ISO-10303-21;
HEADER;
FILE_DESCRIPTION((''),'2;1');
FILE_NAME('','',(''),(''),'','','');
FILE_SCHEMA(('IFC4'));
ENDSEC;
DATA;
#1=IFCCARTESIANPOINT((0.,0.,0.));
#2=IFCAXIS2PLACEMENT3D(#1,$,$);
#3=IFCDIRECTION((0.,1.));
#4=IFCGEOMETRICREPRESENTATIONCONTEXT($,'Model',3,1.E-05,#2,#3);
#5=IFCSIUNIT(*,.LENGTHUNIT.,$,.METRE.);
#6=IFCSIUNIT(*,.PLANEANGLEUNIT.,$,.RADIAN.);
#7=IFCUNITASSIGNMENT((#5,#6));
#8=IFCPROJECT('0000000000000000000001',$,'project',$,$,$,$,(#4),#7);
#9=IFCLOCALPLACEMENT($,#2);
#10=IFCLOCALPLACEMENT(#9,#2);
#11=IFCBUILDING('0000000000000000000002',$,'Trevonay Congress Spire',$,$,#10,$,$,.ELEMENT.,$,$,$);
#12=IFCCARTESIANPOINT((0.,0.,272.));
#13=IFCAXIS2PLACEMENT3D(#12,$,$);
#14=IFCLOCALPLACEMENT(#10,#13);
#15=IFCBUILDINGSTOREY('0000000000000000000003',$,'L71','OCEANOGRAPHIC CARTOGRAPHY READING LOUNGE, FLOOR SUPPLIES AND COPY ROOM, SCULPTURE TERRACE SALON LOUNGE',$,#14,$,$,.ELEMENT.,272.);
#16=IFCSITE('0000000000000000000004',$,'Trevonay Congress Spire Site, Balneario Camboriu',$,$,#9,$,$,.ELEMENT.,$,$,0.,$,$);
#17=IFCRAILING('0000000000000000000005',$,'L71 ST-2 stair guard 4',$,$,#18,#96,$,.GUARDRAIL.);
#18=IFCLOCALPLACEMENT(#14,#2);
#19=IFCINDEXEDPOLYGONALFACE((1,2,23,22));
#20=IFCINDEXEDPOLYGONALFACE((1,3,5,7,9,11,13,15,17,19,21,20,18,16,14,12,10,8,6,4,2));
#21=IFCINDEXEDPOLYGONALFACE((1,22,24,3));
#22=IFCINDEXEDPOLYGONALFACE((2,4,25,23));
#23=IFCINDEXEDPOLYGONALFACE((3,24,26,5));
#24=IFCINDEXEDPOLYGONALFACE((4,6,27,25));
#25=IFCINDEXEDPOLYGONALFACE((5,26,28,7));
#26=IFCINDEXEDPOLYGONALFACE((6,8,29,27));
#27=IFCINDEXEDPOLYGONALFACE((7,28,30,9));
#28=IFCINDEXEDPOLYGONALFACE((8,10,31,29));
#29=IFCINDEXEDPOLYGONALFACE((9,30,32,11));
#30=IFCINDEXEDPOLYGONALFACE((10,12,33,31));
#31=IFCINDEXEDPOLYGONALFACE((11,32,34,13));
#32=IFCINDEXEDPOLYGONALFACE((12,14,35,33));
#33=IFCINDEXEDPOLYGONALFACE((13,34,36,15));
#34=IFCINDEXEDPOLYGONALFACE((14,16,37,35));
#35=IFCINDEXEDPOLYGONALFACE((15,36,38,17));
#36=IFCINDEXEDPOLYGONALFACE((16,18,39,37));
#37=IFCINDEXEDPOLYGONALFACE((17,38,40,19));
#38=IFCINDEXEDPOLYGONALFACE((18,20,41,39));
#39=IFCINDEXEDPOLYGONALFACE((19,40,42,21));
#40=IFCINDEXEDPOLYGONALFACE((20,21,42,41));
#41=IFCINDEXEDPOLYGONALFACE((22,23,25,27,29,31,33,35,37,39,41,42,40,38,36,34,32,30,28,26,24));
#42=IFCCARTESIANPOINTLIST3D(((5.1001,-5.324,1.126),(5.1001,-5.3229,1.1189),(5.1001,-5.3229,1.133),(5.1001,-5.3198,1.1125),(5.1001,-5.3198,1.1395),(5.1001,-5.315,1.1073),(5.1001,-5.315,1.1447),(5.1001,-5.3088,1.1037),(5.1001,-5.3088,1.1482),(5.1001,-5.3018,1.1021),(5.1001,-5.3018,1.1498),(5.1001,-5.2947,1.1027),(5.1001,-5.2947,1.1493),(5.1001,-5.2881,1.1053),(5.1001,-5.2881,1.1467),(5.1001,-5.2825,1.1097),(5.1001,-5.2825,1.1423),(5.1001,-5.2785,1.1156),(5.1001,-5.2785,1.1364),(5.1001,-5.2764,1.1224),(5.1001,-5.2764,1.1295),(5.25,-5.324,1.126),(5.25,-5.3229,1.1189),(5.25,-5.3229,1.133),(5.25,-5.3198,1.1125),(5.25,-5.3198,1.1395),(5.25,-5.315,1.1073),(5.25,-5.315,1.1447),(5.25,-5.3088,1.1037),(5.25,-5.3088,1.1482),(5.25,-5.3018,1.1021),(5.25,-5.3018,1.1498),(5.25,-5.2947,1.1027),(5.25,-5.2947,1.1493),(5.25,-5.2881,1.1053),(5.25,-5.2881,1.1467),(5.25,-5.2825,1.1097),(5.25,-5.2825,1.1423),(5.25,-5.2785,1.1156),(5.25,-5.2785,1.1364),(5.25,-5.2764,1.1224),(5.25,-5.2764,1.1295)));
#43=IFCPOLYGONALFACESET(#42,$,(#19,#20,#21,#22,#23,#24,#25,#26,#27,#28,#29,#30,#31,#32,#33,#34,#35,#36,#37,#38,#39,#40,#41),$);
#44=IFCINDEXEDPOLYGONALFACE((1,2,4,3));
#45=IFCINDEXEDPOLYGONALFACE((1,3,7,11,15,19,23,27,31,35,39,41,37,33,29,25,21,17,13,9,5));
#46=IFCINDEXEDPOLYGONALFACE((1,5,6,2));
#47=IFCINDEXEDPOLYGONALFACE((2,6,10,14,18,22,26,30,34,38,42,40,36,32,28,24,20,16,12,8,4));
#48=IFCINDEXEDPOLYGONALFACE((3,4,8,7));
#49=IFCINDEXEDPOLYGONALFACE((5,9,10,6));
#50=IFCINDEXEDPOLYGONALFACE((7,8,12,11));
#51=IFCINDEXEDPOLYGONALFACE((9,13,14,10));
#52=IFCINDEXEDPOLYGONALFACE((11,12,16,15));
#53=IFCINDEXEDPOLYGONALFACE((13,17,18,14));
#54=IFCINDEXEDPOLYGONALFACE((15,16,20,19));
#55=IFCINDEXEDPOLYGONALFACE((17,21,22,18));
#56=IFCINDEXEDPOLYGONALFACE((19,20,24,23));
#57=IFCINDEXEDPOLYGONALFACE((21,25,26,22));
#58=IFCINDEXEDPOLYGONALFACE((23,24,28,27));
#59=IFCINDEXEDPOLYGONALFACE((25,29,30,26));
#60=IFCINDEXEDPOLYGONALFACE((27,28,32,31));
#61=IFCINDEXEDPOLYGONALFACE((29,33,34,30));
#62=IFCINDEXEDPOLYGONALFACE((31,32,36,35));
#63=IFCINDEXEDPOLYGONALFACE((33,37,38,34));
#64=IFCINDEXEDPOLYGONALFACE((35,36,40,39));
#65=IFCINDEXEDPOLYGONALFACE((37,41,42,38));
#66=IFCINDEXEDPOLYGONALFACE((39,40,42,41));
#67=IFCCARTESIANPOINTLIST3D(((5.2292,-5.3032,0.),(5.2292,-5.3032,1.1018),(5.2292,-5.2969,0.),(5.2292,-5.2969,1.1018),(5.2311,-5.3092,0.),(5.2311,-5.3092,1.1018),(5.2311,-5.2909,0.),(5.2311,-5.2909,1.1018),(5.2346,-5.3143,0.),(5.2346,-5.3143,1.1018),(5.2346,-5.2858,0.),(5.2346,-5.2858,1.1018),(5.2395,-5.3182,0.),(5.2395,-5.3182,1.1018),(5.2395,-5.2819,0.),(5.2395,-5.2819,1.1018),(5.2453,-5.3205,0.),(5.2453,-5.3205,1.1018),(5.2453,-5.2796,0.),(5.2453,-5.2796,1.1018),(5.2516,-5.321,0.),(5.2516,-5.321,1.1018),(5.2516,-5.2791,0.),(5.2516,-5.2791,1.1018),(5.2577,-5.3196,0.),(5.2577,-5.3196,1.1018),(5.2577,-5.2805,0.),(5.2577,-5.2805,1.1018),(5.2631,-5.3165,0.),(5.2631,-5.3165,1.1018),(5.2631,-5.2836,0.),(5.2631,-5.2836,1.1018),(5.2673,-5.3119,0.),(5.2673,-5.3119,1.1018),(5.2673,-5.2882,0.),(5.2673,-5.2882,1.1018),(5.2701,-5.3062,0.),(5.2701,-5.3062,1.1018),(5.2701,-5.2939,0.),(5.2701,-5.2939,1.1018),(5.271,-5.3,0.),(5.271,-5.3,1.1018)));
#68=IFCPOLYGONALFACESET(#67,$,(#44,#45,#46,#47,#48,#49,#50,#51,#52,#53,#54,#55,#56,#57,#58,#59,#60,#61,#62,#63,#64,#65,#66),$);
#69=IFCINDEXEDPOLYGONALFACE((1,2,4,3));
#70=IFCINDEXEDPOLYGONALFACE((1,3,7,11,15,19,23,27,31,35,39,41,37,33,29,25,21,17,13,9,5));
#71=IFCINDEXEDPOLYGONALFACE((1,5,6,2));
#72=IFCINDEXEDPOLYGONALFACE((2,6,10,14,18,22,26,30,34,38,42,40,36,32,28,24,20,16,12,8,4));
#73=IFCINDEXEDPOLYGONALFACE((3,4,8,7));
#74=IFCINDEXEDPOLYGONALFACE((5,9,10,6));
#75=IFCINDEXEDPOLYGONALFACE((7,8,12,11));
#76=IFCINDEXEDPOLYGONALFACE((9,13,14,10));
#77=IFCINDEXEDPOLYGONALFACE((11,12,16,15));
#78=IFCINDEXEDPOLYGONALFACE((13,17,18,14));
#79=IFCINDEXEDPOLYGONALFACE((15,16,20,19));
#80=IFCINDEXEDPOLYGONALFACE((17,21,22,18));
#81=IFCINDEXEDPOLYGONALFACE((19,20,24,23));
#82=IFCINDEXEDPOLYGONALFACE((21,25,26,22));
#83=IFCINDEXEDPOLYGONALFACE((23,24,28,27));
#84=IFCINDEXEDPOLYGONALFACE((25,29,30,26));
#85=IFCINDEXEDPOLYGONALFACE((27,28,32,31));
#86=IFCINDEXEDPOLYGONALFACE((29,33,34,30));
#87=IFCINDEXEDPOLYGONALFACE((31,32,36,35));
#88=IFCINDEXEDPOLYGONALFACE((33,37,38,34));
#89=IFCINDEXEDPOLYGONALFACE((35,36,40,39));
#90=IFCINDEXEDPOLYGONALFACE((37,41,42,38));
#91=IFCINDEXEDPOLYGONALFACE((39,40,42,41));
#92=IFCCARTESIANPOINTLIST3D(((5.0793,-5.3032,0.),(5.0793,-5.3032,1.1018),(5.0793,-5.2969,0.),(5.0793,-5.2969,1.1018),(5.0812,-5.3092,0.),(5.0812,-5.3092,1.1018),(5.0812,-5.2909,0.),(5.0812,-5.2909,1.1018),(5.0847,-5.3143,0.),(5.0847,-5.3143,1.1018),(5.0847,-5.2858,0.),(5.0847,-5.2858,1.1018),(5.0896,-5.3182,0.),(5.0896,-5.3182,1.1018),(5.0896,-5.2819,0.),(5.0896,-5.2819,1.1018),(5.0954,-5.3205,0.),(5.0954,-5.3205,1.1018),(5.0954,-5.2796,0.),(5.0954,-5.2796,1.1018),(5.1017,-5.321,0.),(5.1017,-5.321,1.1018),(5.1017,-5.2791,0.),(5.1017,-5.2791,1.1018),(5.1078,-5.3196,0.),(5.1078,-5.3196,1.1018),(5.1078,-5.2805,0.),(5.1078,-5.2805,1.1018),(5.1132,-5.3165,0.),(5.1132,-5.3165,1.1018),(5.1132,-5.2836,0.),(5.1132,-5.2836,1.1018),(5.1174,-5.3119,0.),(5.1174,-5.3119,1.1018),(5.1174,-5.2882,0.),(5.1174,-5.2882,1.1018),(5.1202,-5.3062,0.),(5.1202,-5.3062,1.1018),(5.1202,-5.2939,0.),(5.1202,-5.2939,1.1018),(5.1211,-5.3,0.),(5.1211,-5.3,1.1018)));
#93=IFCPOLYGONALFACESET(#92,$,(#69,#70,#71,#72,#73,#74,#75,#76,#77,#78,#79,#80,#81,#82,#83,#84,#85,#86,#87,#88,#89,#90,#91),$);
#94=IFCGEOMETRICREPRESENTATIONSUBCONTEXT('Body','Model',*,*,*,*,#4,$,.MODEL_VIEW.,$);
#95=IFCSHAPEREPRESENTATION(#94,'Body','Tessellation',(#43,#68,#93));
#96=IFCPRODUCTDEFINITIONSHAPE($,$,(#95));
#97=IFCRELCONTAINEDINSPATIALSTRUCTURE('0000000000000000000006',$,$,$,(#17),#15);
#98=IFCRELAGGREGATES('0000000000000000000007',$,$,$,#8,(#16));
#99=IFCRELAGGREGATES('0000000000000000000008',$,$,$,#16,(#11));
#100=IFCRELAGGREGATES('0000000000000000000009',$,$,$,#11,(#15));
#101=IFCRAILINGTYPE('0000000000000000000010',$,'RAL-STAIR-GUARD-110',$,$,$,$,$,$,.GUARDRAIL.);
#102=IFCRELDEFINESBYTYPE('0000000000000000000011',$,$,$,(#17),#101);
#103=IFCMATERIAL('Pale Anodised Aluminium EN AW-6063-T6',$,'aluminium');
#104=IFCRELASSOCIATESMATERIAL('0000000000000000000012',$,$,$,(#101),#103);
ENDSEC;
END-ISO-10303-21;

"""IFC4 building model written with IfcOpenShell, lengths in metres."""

from ifc_helpers import new_model, si_unit, direction, frame, origin, origin_2d, place, context, subcontext, project, spatial, circle, extrude, material, type_object, element, save


model = new_model("IFC4")

# Units and contexts
model_context = context("Model", 3, precision=1e-05, world=origin(), true_north=direction((0.0, 1.0)))
body_context = subcontext(model_context, "Body", "Model", "MODEL_VIEW")
ifc_project = project(units=[si_unit("LENGTHUNIT", "METRE"), si_unit("PLANEANGLEUNIT", "RADIAN")], contexts=[model_context])

# Site, building, storey
site_placement = place(None, origin())
site = spatial("IfcSite", under=ifc_project, at=site_placement, Name="Trevonay Congress Spire Site, Balneario Camboriu", CompositionType="ELEMENT", RefElevation=0.0)
building_placement = place(site_placement, origin())
building = spatial("IfcBuilding", under=site, at=building_placement, Name="Trevonay Congress Spire", CompositionType="ELEMENT")
storey_placement = place(building_placement, frame((0.0, 0.0, 272.0)))
storey = spatial("IfcBuildingStorey", under=building, at=storey_placement, Name="L71", Description="OCEANOGRAPHIC CARTOGRAPHY READING LOUNGE, FLOOR SUPPLIES AND COPY ROOM, SCULPTURE TERRACE SALON LOUNGE", CompositionType="ELEMENT", Elevation=272.0)

# Shared definitions
ifc_material_1 = material(Name="Pale Anodised Aluminium EN AW-6063-T6", Category="aluminium")

# Railing
railing_type_1 = type_object("IfcRailingType", Name="RAL-STAIR-GUARD-110", PredefinedType="GUARDRAIL", material=ifc_material_1)
railing_1_placement = place(storey_placement, frame((5.25, -5.3, 0.0)))
element("IfcRailing", 1, at=railing_1_placement, inside=storey, type_object=railing_type_1, Name="L71 ST-2 stair guard 4", PredefinedType="GUARDRAIL", context=body_context, shape_type="SweptSolid", body=[
    extrude(circle(Radius=0.0239, at=origin_2d()), frame((0.0, 0.0, 1.126), z_axis=(-1.0, 0.0, 0.0), x_axis=(0.0, -1.0, 0.0)), (0.0, 0.0, 1.0), 0.1499),
    extrude(circle(Radius=0.021, at=origin_2d()), origin(), (0.0, 0.0, 1.0), 1.1018),
    extrude(circle(Radius=0.021, at=origin_2d()), frame((-0.1499, 0.0, 0.0)), (0.0, 0.0, 1.0), 1.1018),
])

save(model, "model.ifc")
